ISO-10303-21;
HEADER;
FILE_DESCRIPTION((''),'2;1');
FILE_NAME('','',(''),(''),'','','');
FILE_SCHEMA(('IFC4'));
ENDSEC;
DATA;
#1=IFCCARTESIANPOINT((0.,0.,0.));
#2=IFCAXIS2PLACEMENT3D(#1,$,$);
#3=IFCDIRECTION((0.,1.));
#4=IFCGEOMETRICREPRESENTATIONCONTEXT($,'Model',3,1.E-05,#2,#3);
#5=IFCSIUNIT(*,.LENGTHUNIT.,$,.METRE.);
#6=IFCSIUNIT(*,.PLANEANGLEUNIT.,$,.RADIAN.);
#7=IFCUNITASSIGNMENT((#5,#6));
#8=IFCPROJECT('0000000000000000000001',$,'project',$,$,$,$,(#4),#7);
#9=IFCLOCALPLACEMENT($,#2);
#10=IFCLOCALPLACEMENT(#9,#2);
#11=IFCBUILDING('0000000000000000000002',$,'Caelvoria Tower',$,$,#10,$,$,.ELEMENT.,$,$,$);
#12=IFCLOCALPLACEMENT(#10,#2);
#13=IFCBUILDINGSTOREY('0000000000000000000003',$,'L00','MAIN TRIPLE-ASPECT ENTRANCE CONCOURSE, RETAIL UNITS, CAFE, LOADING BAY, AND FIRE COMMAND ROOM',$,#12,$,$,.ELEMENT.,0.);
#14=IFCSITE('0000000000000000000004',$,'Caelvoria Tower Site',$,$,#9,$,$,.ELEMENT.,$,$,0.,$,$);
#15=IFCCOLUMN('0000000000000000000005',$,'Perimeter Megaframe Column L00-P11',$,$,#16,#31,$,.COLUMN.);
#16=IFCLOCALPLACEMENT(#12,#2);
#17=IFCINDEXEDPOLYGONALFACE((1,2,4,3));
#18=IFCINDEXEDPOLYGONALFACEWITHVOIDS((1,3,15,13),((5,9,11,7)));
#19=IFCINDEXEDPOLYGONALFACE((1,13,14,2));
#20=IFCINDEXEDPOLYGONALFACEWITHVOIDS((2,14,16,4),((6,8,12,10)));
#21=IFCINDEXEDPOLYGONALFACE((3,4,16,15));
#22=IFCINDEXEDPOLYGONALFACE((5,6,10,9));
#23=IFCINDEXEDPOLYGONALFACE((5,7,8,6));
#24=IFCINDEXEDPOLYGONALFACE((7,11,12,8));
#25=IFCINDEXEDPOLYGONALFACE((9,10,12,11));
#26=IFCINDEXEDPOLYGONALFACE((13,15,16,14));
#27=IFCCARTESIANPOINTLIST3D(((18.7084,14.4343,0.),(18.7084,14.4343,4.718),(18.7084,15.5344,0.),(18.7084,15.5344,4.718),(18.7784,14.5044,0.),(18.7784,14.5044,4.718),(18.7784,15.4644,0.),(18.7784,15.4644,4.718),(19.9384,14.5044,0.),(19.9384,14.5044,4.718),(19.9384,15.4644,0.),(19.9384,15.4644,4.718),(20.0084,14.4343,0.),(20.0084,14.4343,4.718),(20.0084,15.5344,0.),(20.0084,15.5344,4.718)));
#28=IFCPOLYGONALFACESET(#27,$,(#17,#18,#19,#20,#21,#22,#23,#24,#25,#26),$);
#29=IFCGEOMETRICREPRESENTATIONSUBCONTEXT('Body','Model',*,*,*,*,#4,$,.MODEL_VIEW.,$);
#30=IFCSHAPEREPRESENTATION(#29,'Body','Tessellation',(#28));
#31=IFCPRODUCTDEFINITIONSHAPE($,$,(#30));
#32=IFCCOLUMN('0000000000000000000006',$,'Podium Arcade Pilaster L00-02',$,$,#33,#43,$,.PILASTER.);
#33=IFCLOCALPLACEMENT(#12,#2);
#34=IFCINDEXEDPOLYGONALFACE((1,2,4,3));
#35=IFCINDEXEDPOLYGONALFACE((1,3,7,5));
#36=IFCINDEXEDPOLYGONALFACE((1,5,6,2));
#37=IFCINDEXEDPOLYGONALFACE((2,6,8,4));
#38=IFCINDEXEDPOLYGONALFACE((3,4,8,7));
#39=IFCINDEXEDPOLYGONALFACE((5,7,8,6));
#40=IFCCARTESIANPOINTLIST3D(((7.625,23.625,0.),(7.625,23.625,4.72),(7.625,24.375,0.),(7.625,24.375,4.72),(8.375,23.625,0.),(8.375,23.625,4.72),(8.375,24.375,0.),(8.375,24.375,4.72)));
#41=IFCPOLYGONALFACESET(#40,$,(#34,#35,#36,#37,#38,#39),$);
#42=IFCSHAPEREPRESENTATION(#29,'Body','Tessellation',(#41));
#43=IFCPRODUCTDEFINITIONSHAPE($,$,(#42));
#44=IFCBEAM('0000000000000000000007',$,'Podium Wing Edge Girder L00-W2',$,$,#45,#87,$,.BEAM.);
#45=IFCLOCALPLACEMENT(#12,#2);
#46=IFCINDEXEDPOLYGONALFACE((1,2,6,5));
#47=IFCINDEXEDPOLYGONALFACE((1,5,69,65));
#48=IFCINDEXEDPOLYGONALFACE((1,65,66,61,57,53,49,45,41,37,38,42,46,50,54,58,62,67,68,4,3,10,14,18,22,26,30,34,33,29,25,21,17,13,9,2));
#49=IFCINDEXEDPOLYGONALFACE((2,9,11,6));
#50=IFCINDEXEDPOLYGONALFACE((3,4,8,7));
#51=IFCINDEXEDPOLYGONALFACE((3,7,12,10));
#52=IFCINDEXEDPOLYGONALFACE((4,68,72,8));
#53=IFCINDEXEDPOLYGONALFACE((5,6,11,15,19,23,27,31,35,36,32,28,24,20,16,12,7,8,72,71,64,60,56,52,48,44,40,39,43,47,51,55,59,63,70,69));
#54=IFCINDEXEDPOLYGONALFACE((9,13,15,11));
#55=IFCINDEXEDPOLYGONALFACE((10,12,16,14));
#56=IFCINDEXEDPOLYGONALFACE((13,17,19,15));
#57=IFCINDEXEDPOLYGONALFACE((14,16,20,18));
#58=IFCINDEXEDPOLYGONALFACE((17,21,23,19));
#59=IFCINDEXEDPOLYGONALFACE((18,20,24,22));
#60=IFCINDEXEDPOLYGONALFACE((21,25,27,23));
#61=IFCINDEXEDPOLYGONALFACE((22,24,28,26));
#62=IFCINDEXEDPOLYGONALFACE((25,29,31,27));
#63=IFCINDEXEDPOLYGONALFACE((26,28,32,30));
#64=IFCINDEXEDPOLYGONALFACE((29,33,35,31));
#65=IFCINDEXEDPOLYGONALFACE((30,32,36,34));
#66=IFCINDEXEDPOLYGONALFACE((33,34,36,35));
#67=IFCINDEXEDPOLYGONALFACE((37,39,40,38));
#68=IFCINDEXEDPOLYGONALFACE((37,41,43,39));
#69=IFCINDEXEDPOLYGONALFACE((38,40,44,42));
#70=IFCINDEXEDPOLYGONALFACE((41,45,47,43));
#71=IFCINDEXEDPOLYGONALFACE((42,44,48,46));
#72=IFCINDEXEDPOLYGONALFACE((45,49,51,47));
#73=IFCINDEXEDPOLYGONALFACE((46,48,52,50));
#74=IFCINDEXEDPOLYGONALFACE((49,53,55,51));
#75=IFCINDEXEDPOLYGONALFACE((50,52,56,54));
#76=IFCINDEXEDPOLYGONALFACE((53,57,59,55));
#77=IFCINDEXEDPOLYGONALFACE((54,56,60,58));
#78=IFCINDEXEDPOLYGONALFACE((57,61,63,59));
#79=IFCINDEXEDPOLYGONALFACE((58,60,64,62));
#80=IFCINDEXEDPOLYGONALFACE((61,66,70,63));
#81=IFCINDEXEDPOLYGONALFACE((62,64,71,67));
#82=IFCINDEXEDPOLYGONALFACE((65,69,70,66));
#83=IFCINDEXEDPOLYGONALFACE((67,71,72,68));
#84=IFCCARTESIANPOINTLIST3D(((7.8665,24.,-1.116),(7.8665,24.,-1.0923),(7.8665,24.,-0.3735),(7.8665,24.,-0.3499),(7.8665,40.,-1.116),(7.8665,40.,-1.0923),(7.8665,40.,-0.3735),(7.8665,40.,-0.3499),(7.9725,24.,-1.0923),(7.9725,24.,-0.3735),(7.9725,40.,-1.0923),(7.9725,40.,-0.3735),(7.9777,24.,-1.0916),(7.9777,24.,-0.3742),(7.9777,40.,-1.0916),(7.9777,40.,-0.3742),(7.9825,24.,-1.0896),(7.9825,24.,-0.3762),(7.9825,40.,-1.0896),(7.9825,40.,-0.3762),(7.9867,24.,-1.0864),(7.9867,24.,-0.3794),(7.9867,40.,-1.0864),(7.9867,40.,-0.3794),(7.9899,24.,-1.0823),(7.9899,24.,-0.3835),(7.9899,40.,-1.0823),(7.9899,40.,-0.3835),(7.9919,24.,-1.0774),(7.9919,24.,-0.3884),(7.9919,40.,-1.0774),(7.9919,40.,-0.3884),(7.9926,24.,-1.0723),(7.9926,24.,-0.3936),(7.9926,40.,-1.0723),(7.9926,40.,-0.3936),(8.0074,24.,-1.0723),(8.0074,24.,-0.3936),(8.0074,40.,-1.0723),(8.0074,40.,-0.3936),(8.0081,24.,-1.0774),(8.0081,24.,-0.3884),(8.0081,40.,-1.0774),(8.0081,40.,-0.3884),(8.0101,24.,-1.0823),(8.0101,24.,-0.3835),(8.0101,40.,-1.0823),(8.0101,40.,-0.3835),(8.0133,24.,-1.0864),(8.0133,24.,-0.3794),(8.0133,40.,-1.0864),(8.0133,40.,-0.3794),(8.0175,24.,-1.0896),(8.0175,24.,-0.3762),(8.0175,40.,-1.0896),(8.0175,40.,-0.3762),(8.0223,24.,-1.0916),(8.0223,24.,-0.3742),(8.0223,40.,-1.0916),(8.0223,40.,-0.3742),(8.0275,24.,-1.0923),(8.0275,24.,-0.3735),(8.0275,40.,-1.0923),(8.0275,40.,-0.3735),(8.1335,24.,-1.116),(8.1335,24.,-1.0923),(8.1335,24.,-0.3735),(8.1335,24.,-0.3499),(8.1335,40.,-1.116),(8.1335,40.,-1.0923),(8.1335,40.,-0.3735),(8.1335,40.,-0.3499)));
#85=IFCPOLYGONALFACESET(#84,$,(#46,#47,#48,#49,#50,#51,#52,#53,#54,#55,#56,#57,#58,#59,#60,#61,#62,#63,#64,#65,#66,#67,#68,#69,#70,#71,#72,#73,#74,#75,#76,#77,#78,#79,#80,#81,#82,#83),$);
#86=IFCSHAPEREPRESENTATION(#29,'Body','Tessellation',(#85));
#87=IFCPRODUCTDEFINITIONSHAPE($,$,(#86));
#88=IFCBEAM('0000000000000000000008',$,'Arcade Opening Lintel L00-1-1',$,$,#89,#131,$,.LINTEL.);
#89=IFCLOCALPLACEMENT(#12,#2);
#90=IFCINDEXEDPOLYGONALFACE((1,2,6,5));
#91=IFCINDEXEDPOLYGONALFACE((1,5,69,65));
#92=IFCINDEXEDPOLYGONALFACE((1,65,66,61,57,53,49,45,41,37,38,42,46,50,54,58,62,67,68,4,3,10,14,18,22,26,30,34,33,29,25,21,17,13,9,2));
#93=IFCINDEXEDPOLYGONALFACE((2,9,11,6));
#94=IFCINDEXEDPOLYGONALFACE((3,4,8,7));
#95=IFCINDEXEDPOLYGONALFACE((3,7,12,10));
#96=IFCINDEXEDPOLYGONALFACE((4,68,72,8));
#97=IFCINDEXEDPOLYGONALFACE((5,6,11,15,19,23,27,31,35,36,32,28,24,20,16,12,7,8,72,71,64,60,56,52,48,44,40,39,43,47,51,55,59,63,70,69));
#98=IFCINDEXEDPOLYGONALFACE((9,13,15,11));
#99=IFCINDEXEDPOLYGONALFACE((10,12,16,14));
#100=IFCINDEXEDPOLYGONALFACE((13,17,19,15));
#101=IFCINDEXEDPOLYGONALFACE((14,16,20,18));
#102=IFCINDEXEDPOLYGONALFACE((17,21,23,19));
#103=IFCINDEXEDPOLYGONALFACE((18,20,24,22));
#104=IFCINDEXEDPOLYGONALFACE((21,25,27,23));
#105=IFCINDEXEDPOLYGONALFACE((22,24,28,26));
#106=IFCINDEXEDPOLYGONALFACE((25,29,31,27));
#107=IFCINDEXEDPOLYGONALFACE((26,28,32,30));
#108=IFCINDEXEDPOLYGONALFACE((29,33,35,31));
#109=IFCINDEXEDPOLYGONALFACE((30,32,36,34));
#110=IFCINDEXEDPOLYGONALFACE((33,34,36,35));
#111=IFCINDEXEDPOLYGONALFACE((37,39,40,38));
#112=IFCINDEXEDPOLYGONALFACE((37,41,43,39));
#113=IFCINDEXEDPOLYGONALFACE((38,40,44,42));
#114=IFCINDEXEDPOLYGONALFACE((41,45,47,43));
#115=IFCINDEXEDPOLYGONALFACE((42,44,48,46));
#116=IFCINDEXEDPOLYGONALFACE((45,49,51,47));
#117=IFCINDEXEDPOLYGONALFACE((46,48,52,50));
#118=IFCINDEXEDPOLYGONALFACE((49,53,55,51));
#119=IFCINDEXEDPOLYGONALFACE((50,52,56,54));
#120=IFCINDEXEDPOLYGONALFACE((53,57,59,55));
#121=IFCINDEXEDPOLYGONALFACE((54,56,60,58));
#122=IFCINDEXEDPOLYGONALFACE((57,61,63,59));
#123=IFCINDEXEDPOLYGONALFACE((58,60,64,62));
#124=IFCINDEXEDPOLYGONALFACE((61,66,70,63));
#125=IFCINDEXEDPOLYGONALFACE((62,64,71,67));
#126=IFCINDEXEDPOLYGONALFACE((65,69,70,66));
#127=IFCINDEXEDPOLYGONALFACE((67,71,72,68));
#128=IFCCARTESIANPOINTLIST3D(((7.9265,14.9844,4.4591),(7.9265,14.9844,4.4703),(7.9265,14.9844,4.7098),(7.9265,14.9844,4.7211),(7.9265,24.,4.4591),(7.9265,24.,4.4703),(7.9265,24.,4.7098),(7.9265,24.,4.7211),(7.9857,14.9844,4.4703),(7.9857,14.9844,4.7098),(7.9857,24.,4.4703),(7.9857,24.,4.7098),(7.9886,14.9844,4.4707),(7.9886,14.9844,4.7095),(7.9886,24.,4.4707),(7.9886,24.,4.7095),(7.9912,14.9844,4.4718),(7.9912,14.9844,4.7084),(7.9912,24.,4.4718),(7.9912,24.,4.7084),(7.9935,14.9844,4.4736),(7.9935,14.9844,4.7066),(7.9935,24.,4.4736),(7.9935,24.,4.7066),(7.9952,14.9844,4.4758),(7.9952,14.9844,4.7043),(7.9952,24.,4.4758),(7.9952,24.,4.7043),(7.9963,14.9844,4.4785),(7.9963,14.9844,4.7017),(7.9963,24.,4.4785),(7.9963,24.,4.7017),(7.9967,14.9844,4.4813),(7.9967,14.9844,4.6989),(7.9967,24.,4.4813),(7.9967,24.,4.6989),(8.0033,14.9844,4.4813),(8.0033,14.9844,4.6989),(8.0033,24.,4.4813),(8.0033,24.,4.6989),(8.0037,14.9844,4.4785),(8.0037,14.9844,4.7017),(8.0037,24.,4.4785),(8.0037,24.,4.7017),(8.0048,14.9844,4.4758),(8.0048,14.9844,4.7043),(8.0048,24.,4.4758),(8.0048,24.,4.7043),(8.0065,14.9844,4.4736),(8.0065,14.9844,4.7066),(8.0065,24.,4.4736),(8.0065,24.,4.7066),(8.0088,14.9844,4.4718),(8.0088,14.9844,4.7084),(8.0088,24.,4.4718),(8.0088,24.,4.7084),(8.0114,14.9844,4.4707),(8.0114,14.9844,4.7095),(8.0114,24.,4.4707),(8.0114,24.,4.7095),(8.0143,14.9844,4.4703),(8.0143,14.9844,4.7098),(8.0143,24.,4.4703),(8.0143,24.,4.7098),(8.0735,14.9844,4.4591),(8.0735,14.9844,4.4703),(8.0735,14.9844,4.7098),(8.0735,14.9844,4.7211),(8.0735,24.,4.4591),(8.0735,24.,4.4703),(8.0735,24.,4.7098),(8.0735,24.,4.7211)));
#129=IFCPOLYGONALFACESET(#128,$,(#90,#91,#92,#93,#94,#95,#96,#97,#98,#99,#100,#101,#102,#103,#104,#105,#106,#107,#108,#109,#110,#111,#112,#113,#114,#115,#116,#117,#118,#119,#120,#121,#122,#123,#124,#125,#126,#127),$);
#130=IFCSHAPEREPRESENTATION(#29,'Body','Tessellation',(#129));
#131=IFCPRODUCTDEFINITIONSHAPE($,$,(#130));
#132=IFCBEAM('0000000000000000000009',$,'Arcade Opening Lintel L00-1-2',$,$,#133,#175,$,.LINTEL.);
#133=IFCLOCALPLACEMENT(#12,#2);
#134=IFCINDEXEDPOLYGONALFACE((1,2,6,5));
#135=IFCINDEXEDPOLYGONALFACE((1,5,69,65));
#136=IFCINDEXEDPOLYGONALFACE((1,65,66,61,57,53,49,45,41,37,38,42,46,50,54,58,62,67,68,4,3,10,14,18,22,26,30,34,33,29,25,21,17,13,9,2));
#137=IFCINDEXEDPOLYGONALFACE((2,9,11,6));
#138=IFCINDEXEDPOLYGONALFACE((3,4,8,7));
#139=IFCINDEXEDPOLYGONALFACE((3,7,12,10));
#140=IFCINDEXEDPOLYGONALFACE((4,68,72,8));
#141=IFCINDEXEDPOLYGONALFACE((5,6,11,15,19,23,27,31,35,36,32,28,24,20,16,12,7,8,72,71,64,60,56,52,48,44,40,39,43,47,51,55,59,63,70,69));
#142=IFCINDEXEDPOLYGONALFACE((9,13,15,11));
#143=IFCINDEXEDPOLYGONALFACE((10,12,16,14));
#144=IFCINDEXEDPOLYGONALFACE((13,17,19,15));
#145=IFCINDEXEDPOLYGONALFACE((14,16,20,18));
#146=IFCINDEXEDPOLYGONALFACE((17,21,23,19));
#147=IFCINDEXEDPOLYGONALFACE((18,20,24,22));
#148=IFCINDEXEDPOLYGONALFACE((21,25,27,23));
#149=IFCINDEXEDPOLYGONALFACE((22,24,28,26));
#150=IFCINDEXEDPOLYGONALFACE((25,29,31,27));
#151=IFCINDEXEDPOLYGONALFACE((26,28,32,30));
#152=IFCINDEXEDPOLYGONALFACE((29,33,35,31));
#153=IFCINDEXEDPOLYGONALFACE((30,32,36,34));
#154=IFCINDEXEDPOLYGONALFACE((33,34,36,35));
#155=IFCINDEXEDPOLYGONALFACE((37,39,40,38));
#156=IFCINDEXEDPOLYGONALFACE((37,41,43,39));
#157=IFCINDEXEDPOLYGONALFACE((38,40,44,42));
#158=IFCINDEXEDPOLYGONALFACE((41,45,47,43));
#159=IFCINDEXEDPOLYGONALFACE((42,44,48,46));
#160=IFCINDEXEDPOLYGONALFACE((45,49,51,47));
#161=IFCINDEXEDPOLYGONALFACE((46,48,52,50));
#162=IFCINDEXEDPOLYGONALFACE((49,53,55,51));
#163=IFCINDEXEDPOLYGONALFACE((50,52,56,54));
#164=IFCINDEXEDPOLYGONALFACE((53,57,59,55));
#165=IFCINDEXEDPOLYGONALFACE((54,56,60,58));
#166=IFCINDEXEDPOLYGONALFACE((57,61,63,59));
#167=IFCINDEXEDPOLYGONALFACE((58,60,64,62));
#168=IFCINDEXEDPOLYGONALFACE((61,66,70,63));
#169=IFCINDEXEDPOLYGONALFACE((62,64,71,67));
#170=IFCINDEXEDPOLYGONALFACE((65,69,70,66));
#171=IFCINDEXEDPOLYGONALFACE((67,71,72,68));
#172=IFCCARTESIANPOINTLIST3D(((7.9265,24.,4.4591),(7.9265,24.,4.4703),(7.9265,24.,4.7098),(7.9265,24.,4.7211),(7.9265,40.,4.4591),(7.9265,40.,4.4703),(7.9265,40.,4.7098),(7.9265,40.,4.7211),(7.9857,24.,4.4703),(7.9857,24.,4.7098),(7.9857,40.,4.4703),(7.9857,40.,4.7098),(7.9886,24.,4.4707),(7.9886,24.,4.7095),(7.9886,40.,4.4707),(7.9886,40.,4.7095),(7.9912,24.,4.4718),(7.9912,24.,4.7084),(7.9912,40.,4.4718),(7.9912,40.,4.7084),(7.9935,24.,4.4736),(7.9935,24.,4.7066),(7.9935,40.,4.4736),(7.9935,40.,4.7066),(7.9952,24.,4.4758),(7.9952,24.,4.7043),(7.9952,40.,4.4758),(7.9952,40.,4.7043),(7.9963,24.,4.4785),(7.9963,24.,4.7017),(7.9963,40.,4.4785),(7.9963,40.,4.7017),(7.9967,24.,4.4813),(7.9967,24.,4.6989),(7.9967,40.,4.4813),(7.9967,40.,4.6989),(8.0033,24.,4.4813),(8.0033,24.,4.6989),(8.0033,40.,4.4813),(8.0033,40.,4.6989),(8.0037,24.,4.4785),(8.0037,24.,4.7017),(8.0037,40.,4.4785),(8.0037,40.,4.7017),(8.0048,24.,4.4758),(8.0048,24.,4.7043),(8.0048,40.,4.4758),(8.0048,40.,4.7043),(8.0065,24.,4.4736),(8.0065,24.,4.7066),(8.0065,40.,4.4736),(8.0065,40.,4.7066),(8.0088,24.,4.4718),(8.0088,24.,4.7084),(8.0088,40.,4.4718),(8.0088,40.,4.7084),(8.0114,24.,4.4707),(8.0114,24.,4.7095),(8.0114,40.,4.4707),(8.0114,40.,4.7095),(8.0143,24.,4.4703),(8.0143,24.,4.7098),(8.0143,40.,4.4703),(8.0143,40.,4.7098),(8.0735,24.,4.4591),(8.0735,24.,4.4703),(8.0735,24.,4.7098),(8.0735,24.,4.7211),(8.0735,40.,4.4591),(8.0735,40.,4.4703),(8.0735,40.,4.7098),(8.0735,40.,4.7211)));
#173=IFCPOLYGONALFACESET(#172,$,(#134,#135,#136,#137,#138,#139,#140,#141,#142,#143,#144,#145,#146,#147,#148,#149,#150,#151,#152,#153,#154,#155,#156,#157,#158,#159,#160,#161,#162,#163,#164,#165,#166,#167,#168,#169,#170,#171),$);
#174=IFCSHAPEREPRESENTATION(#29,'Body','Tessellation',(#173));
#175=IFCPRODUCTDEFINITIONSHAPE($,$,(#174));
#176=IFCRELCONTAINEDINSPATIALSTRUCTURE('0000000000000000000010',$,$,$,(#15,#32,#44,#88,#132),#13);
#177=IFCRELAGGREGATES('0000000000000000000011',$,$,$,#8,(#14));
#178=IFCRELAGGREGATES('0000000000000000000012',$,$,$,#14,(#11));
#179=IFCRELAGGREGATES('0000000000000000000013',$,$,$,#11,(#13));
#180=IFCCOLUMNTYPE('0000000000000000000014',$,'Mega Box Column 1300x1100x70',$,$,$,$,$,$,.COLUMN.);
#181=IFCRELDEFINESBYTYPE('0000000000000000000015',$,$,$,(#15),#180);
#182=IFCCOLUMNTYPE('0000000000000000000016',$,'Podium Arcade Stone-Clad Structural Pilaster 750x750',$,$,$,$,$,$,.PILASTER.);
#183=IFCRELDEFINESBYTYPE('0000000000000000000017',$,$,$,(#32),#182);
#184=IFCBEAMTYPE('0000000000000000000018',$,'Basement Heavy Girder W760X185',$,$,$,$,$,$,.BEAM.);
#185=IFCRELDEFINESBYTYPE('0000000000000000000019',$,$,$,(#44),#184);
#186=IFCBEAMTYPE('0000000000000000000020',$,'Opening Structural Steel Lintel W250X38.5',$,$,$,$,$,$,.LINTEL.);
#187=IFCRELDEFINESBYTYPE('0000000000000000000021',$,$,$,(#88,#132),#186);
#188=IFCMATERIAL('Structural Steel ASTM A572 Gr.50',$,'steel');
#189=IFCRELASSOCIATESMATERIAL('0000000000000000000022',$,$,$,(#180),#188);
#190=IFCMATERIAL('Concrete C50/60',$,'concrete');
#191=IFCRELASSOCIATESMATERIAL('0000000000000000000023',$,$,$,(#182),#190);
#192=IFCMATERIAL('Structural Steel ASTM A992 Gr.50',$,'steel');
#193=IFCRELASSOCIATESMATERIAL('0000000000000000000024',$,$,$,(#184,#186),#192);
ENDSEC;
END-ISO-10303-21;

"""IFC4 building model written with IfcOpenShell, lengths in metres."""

from ifc_helpers import new_model, si_unit, direction, frame, origin, origin_2d, place, context, subcontext, project, spatial, rectangle, hollow_rectangle, i_section, extrude, material, material_profile, profile_set, type_object, element, save


model = new_model("IFC4")

# Units and contexts
model_context = context("Model", 3, precision=1e-05, world=origin(), true_north=direction((0.0, 1.0)))
body_context = subcontext(model_context, "Body", "Model", "MODEL_VIEW")
ifc_project = project(units=[si_unit("LENGTHUNIT", "METRE"), si_unit("PLANEANGLEUNIT", "RADIAN")], contexts=[model_context])

# Site, building, storey
site_placement = place(None, origin())
site = spatial("IfcSite", under=ifc_project, at=site_placement, Name="Caelvoria Tower Site", CompositionType="ELEMENT", RefElevation=0.0)
building_placement = place(site_placement, origin())
building = spatial("IfcBuilding", under=site, at=building_placement, Name="Caelvoria Tower", CompositionType="ELEMENT")
storey_placement = place(building_placement, origin())
storey = spatial("IfcBuildingStorey", under=building, at=storey_placement, Name="L00", Description="MAIN TRIPLE-ASPECT ENTRANCE CONCOURSE, RETAIL UNITS, CAFE, LOADING BAY, AND FIRE COMMAND ROOM", CompositionType="ELEMENT", Elevation=0.0)

# Columns
ifc_material_1 = material(Name="Structural Steel ASTM A572 Gr.50", Category="steel")
ifc_material_profile_1 = material_profile(ifc_material_1, hollow_rectangle(XDim=1.1001, YDim=1.3, WallThickness=0.0701, at=origin_2d()), Name="Structural Steel ASTM A572 Gr.50")
ifc_profile_set_1 = profile_set([ifc_material_profile_1], Name="BOX1300X1100X70 - Structural Steel ASTM A572 Gr.50")
column_type_1 = type_object("IfcColumnType", Name="Mega Box Column 1300x1100x70", PredefinedType="COLUMN", material=ifc_profile_set_1)
column_1_placement = place(storey_placement, frame((19.3584, 14.9844, 0.0), z_axis=(0.0, 0.0, 1.0), x_axis=(0.0, 1.0, 0.0)))
element("IfcColumn", 1, at=column_1_placement, inside=storey, type_object=column_type_1, Name="Perimeter Megaframe Column L00-P11", PredefinedType="COLUMN", context=body_context, shape_type="SweptSolid", body=[
    extrude(hollow_rectangle(XDim=1.1001, YDim=1.3, WallThickness=0.0701, at=origin_2d()), origin(), (0.0, 0.0, 1.0), 4.718),
])
ifc_material_2 = material(Name="Concrete C50/60", Category="concrete")
ifc_material_profile_2 = material_profile(ifc_material_2, rectangle(XDim=0.75, YDim=0.75, at=origin_2d()), Name="Concrete C50/60")
ifc_profile_set_2 = profile_set([ifc_material_profile_2], Name="RC_COL_750X750 - Concrete C50/60")
column_type_2 = type_object("IfcColumnType", Name="Podium Arcade Stone-Clad Structural Pilaster 750x750", PredefinedType="PILASTER", material=ifc_profile_set_2)
column_2_placement = place(storey_placement, frame((8.0, 24.0, 0.0), z_axis=(0.0, 0.0, 1.0), x_axis=(1.0, 0.0, 0.0)))
element("IfcColumn", 2, at=column_2_placement, inside=storey, type_object=column_type_2, Name="Podium Arcade Pilaster L00-02", PredefinedType="PILASTER", context=body_context, shape_type="SweptSolid", body=[
    extrude(rectangle(XDim=0.75, YDim=0.75, at=origin_2d()), origin(), (0.0, 0.0, 1.0), 4.72),
])

# Beams
ifc_material_3 = material(Name="Structural Steel ASTM A992 Gr.50", Category="steel")
ifc_material_profile_3 = material_profile(ifc_material_3, i_section(OverallWidth=0.2671, OverallDepth=0.7661, WebThickness=0.0149, FlangeThickness=0.0237, FilletRadius=0.02, at=origin_2d()), Name="Structural Steel ASTM A992 Gr.50")
ifc_profile_set_3 = profile_set([ifc_material_profile_3], Name="W760X185 - Structural Steel ASTM A992 Gr.50")
beam_type_1 = type_object("IfcBeamType", Name="Basement Heavy Girder W760X185", PredefinedType="BEAM", material=ifc_profile_set_3)
beam_1_placement = place(storey_placement, frame((8.0, 24.0, -0.7329), z_axis=(0.0, 1.0, 0.0), x_axis=(-1.0, 0.0, 0.0)))
element("IfcBeam", 3, at=beam_1_placement, inside=storey, type_object=beam_type_1, Name="Podium Wing Edge Girder L00-W2", PredefinedType="BEAM", context=body_context, shape_type="SweptSolid", body=[
    extrude(i_section(OverallWidth=0.2671, OverallDepth=0.7661, WebThickness=0.0149, FlangeThickness=0.0237, FilletRadius=0.02, at=origin_2d()), origin(), (0.0, 0.0, 1.0), 16.0),
])
ifc_material_profile_4 = material_profile(ifc_material_3, i_section(OverallWidth=0.147, OverallDepth=0.262, WebThickness=0.0066, FlangeThickness=0.0112, FilletRadius=0.011, at=origin_2d()), Name="Structural Steel ASTM A992 Gr.50")
ifc_profile_set_4 = profile_set([ifc_material_profile_4], Name="W250X38.5 - Structural Steel ASTM A992 Gr.50")
beam_type_2 = type_object("IfcBeamType", Name="Opening Structural Steel Lintel W250X38.5", PredefinedType="LINTEL", material=ifc_profile_set_4)
beam_2_placement = place(storey_placement, frame((8.0, 14.9844, 4.5901), z_axis=(0.0, 1.0, 0.0), x_axis=(-1.0, 0.0, 0.0)))
element("IfcBeam", 4, at=beam_2_placement, inside=storey, type_object=beam_type_2, Name="Arcade Opening Lintel L00-1-1", PredefinedType="LINTEL", context=body_context, shape_type="SweptSolid", body=[
    extrude(i_section(OverallWidth=0.147, OverallDepth=0.262, WebThickness=0.0066, FlangeThickness=0.0112, FilletRadius=0.011, at=origin_2d()), origin(), (0.0, 0.0, 1.0), 9.0156),
])
beam_3_placement = place(storey_placement, frame((8.0, 24.0, 4.5901), z_axis=(0.0, 1.0, 0.0), x_axis=(-1.0, 0.0, 0.0)))
element("IfcBeam", 5, at=beam_3_placement, inside=storey, type_object=beam_type_2, Name="Arcade Opening Lintel L00-1-2", PredefinedType="LINTEL", context=body_context, shape_type="SweptSolid", body=[
    extrude(i_section(OverallWidth=0.147, OverallDepth=0.262, WebThickness=0.0066, FlangeThickness=0.0112, FilletRadius=0.011, at=origin_2d()), origin(), (0.0, 0.0, 1.0), 16.0),
])

save(model, "model.ifc")
